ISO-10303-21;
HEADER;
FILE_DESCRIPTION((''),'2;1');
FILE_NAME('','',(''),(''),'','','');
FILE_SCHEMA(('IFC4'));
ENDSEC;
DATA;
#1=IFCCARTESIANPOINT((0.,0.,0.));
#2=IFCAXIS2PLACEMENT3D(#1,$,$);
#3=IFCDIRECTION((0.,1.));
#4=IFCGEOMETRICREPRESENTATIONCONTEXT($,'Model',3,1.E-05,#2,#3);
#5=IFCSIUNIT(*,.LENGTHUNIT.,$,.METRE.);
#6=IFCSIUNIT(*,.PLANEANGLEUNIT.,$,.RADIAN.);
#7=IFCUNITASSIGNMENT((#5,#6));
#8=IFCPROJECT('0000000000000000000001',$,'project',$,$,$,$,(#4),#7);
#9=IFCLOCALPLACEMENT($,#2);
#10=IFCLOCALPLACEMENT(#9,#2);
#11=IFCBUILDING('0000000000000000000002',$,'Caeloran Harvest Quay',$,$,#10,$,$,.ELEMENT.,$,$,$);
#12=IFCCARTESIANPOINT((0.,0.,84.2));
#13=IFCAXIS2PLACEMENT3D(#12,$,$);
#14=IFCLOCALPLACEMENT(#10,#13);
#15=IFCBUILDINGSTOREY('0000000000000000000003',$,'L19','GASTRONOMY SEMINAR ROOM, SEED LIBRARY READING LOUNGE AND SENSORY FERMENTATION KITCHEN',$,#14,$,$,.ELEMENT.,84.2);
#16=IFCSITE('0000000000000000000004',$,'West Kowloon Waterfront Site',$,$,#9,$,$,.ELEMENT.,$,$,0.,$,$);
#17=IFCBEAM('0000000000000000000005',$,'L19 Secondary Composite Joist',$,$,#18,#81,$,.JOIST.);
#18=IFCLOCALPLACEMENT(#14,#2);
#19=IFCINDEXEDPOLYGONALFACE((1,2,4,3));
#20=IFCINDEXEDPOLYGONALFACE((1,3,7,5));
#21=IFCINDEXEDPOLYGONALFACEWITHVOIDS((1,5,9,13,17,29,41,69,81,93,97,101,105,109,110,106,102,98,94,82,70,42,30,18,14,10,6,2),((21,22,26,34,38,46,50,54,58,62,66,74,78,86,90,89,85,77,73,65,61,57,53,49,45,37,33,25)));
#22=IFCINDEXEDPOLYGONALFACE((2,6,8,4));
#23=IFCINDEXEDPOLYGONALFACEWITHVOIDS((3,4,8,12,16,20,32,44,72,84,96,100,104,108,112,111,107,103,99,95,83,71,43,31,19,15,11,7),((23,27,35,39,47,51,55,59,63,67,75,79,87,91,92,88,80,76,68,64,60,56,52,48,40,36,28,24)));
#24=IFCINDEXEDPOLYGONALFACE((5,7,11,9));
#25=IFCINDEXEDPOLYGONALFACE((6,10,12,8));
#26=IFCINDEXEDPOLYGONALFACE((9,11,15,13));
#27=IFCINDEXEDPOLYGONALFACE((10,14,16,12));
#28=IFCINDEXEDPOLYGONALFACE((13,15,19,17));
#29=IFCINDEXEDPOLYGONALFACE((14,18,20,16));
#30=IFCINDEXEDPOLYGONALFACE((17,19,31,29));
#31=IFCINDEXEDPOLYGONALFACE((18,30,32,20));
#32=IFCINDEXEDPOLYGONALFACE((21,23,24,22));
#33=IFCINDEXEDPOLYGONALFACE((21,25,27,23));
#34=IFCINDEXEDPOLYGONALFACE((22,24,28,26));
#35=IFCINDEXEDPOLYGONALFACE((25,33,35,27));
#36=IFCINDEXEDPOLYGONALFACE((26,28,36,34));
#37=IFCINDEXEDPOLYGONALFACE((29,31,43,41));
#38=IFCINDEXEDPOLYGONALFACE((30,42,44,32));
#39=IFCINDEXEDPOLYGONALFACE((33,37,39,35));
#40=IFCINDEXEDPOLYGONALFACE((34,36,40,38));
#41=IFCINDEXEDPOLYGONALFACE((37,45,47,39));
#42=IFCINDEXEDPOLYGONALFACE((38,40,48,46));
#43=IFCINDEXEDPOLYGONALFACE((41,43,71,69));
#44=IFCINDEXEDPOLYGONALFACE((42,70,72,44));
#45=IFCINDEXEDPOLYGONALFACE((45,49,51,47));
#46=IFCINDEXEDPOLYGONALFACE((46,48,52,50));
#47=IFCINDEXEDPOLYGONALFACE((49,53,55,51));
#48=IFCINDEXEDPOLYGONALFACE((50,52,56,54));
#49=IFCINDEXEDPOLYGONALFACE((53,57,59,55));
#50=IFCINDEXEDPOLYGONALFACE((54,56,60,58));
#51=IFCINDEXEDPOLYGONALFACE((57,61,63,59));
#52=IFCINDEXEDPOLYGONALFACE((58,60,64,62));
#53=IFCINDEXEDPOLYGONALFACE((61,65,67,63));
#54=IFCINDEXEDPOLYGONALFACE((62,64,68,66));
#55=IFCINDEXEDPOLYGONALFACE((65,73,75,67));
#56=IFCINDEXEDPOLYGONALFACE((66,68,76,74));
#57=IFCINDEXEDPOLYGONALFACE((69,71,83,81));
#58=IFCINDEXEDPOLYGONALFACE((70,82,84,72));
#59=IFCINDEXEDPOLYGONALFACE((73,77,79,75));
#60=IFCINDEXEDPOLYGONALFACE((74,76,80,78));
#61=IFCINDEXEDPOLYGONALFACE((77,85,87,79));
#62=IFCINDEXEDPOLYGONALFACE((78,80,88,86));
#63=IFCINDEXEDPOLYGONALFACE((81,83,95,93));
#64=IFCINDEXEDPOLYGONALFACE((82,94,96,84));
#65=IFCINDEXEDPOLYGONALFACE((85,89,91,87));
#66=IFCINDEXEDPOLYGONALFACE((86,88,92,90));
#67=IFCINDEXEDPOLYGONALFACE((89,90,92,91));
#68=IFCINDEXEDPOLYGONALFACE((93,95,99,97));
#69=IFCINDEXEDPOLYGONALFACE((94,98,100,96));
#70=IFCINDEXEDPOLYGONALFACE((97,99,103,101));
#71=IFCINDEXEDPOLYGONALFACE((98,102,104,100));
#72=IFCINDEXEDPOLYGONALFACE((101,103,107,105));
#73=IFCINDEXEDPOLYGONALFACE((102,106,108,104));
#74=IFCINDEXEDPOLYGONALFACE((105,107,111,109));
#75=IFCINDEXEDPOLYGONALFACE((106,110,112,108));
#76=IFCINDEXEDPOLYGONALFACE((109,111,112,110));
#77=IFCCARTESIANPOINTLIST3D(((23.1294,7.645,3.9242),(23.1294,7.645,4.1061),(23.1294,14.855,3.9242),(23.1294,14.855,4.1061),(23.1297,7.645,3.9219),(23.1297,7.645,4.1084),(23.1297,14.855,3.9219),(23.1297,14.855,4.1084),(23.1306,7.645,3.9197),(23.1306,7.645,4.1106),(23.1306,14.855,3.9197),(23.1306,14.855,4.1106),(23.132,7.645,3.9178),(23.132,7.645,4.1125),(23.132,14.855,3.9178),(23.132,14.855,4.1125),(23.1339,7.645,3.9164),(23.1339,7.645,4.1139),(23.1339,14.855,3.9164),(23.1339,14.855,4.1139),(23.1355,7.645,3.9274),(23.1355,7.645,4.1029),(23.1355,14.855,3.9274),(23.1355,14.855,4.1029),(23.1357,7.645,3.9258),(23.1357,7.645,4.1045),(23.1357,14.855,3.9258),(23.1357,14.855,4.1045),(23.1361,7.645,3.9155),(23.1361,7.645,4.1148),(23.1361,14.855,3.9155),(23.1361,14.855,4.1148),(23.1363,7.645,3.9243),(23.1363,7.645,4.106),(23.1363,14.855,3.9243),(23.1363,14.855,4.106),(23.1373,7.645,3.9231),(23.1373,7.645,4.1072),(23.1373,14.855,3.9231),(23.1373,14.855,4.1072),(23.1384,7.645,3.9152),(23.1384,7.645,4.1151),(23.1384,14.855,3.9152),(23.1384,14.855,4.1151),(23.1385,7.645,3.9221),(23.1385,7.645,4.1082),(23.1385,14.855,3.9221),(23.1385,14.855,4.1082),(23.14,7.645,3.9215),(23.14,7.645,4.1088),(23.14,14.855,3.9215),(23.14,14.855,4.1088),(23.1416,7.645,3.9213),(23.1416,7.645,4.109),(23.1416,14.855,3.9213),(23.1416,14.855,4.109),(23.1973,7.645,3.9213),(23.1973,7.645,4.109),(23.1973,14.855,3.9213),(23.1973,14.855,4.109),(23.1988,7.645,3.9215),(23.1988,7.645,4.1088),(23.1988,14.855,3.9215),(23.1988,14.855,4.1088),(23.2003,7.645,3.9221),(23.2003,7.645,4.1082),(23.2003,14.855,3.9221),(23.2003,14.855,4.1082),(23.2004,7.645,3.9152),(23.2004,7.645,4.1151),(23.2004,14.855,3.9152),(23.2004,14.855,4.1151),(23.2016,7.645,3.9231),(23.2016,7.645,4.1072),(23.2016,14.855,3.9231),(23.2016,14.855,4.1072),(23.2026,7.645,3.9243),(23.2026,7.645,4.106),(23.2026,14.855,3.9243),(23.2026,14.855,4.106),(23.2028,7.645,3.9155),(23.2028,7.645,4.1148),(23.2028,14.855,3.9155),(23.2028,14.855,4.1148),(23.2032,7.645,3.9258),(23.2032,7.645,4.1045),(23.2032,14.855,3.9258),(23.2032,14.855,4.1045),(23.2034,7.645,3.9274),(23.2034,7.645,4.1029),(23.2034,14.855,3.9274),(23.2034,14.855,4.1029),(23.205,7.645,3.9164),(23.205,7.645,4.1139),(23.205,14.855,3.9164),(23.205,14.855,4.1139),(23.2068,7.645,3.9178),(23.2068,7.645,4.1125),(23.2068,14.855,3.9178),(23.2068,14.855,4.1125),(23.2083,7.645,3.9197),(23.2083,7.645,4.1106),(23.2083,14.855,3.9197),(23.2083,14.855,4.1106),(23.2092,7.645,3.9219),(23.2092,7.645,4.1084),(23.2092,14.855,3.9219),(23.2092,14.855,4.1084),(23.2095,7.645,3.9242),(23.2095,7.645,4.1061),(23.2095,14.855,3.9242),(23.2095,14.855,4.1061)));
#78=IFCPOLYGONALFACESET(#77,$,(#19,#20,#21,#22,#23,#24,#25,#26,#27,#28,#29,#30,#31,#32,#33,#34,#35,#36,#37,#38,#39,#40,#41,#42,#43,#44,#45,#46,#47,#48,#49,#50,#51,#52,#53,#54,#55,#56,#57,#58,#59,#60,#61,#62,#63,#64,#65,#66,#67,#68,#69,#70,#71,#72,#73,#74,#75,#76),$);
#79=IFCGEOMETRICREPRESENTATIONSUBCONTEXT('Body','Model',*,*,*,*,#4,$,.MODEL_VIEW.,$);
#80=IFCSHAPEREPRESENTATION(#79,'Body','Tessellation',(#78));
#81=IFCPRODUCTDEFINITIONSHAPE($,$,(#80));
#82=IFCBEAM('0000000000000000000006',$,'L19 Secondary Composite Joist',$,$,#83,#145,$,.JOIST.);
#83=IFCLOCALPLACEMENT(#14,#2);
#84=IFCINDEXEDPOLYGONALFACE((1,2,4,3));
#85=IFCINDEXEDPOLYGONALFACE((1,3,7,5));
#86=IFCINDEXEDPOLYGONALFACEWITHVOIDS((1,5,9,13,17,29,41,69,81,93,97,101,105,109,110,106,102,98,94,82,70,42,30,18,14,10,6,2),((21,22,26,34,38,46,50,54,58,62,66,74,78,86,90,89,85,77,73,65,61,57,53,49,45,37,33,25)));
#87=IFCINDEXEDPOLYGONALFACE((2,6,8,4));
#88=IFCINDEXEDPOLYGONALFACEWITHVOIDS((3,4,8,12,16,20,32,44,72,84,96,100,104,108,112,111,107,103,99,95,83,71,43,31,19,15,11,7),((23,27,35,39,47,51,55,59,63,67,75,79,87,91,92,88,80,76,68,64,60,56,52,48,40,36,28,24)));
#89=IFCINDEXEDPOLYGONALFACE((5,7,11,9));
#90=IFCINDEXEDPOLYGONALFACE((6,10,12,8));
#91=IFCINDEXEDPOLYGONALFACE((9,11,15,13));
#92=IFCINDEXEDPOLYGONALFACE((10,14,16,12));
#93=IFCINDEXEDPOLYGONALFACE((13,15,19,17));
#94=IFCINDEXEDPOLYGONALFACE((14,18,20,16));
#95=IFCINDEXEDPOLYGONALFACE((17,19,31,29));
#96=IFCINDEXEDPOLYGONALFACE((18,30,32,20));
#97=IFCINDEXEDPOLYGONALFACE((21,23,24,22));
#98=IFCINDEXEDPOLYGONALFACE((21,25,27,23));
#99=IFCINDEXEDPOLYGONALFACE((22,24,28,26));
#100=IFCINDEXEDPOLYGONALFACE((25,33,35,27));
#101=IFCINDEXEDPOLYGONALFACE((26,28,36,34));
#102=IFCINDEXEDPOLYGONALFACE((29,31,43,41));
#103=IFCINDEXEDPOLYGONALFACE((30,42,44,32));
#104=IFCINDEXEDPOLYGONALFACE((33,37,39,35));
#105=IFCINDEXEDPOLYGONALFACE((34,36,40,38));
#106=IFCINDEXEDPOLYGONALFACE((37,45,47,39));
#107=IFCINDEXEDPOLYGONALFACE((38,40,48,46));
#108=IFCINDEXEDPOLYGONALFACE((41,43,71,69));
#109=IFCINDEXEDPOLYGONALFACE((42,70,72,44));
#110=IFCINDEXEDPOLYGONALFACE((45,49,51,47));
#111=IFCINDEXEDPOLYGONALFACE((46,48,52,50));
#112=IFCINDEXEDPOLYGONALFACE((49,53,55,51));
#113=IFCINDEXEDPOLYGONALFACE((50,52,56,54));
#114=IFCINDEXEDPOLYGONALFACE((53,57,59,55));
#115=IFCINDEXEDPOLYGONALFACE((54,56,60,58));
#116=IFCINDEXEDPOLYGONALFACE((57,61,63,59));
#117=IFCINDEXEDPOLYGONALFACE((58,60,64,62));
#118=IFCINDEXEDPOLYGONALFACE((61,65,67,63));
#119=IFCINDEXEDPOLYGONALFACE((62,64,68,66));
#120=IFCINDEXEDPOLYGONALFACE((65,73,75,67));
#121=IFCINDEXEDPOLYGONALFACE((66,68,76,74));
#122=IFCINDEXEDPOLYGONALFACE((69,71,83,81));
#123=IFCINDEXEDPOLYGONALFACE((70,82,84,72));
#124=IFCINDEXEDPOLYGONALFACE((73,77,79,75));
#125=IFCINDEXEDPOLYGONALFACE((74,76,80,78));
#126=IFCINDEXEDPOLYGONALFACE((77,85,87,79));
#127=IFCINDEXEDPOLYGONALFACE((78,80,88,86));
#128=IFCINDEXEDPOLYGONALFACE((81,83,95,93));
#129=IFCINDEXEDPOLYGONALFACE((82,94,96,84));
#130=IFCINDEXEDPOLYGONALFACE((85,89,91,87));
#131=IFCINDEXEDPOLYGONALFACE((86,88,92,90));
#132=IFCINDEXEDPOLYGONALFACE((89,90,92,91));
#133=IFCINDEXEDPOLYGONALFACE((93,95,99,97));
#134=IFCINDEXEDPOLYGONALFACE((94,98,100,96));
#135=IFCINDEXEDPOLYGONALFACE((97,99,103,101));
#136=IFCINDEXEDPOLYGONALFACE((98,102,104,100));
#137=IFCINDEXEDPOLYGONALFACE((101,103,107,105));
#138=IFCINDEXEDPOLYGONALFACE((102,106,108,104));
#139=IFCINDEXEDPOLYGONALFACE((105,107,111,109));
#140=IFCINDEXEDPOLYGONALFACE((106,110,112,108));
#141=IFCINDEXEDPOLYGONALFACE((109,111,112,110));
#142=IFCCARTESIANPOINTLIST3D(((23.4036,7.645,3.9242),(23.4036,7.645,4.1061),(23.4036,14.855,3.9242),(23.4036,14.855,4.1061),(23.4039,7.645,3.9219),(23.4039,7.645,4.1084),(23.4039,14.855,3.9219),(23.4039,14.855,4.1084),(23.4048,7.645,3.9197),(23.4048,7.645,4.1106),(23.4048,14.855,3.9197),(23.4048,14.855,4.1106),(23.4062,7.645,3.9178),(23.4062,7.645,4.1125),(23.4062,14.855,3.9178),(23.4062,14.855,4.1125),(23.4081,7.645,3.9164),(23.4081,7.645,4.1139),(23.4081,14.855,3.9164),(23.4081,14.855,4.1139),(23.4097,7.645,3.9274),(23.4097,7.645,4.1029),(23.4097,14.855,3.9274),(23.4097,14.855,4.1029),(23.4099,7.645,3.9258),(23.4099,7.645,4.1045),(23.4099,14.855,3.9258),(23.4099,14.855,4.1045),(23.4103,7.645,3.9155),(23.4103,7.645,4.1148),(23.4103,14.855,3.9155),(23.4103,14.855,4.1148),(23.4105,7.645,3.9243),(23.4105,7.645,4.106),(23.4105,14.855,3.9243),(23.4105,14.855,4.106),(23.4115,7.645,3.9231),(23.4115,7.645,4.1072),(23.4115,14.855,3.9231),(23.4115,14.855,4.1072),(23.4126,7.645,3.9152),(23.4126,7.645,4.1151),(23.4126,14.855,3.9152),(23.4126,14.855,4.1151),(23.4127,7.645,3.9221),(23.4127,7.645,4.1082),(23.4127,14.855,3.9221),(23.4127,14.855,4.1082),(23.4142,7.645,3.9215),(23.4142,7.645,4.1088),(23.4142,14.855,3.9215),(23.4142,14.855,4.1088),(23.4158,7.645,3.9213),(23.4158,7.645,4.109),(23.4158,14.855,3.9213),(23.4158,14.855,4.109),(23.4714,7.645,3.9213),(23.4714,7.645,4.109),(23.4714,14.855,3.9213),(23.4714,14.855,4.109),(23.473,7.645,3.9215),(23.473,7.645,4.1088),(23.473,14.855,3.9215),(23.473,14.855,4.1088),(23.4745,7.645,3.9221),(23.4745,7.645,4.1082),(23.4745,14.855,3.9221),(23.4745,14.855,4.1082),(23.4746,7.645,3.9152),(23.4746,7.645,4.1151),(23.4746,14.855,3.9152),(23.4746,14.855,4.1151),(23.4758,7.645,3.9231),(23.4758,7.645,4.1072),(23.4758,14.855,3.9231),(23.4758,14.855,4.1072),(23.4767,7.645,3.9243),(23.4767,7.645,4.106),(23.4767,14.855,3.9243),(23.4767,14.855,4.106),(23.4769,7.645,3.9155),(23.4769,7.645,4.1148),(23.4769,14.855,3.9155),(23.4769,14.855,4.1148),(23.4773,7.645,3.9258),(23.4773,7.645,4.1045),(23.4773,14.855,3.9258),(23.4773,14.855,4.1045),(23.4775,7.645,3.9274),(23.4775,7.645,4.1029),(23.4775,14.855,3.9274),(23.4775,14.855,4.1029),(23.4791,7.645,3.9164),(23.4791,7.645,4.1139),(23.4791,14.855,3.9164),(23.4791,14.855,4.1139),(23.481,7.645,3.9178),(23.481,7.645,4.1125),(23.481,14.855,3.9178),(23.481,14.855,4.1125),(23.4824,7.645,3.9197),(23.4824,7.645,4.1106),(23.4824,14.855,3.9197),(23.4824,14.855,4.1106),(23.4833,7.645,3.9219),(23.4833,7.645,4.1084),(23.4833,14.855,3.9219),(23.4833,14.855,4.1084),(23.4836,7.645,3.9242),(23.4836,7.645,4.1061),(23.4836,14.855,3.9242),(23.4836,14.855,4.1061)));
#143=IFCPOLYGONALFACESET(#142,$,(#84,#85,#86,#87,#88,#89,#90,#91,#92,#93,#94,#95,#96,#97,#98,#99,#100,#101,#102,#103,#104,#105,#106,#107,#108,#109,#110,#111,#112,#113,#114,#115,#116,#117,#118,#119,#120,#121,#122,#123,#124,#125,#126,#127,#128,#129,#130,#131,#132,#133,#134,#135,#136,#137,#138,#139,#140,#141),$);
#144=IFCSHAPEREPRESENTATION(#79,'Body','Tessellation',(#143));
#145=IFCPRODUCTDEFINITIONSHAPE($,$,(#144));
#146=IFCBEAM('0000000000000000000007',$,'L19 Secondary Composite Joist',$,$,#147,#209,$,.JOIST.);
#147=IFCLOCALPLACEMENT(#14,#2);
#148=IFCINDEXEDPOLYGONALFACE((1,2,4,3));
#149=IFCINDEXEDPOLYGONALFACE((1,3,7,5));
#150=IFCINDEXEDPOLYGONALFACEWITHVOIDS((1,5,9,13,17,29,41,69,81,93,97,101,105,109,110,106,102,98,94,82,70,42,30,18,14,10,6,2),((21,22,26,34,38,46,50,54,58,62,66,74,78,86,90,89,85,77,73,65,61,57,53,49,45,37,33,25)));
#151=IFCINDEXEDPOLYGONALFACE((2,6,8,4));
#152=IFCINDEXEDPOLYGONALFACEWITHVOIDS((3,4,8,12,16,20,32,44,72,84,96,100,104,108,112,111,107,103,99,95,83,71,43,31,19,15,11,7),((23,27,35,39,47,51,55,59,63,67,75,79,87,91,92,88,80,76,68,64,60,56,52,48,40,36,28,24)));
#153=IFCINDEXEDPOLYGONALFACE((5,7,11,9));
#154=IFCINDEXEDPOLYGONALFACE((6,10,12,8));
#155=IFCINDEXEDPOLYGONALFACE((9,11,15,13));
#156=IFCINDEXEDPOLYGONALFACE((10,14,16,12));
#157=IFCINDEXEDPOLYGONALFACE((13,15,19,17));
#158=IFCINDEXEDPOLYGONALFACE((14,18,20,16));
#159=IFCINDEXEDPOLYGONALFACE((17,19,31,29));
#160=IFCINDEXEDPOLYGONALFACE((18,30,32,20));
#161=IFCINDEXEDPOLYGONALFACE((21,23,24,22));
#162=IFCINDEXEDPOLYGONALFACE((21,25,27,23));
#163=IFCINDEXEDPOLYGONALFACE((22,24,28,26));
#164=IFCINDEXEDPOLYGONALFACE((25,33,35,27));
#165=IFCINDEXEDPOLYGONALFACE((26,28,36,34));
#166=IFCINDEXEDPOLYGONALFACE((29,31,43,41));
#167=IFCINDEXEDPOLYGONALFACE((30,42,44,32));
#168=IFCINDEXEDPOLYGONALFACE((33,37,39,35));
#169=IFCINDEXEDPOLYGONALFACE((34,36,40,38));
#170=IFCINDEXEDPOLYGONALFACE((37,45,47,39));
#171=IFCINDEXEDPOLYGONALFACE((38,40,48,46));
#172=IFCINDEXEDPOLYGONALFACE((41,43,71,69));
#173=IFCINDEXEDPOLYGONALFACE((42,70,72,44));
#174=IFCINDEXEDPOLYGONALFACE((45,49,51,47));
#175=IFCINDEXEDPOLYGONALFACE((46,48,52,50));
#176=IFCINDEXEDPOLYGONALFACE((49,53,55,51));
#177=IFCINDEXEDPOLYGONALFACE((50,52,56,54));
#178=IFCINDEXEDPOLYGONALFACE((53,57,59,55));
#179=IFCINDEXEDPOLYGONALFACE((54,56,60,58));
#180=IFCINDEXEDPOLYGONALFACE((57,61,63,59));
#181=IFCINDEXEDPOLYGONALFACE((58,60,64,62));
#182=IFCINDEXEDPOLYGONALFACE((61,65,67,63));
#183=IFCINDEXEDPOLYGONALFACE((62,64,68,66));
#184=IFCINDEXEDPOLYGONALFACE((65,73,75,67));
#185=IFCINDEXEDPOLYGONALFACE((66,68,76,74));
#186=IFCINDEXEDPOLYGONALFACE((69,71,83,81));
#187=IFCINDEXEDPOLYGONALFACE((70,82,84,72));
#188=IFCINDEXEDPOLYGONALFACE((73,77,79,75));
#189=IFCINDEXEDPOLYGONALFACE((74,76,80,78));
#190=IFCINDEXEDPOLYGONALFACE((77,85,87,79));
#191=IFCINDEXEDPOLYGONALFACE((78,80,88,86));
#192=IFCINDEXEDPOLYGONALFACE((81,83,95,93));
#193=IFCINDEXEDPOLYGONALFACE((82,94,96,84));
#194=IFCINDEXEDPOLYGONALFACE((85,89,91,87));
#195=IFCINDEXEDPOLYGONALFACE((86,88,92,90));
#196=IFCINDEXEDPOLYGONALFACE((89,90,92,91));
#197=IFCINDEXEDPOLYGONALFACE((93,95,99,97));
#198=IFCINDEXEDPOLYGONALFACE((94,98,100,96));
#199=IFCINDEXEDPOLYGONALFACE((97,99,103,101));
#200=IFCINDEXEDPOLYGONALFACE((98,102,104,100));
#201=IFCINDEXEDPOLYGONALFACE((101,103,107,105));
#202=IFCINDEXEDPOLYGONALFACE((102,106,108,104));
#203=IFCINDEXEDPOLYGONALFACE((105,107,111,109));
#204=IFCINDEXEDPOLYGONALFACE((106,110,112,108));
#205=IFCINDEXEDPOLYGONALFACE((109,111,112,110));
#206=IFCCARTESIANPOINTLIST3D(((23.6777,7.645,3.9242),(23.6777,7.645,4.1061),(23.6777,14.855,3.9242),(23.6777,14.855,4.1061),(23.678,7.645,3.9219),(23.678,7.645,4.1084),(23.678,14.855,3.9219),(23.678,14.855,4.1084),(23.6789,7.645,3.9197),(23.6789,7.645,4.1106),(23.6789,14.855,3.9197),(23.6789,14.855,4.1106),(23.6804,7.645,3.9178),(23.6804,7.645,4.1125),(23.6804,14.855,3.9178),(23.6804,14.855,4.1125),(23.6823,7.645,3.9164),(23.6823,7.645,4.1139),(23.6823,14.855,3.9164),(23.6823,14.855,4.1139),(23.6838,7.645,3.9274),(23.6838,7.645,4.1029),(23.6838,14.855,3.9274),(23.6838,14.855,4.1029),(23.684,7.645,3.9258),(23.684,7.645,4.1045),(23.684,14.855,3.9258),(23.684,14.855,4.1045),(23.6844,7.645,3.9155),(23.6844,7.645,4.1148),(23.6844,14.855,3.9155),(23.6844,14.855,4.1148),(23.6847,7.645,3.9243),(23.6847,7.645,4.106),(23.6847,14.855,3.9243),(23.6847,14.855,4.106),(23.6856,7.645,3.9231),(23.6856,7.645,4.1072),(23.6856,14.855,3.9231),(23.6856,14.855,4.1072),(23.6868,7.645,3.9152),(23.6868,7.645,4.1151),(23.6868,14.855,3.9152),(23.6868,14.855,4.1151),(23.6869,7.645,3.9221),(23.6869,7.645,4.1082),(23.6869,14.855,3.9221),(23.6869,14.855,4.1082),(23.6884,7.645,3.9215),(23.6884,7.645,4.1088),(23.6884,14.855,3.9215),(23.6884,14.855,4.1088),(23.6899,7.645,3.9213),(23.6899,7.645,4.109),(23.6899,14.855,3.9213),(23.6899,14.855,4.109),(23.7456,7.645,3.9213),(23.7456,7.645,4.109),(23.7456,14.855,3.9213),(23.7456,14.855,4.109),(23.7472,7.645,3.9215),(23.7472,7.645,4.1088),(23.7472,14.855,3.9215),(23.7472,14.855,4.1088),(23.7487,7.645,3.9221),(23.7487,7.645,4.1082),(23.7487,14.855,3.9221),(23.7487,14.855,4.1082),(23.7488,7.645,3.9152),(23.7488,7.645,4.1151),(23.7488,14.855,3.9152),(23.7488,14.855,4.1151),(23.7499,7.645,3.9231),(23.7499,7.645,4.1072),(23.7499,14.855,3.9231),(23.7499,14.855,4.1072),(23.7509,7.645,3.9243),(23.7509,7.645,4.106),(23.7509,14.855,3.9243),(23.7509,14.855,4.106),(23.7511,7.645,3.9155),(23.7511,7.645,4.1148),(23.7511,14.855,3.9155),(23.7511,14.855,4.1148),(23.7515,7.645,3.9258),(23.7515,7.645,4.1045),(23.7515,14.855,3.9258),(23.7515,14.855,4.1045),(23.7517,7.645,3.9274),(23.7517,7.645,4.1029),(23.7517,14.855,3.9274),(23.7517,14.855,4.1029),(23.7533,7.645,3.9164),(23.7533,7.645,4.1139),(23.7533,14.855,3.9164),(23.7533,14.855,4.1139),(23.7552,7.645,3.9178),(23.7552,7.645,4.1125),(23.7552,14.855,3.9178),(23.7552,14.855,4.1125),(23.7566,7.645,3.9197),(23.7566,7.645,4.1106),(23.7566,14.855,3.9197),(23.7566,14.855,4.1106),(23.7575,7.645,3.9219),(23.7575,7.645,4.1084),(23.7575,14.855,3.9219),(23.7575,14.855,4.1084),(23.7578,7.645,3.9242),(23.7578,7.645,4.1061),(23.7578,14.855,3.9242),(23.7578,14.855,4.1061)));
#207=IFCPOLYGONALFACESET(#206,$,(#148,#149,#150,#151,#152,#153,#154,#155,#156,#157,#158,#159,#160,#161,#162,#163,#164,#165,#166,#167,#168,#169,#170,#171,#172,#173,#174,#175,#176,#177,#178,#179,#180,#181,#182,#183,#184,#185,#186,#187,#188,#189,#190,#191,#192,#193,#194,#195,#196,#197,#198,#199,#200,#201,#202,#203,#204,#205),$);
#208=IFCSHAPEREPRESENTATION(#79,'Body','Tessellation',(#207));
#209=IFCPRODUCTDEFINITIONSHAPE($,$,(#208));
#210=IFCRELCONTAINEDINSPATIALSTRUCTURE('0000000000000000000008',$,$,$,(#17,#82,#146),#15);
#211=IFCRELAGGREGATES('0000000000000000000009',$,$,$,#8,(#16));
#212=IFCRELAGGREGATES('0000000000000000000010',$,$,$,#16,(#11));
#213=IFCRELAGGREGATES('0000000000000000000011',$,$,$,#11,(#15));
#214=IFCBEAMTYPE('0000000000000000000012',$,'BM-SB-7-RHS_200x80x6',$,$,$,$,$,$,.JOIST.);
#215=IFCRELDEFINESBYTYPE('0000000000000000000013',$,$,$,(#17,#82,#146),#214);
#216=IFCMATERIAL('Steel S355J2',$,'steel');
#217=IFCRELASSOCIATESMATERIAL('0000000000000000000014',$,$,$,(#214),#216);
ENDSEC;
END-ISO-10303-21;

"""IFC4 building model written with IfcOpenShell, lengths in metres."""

from ifc_helpers import new_model, si_unit, direction, frame, origin, origin_2d, place, context, subcontext, project, spatial, hollow_rectangle, extrude, material, material_profile, profile_set, type_object, element, save


model = new_model("IFC4")

# Units and contexts
model_context = context("Model", 3, precision=1e-05, world=origin(), true_north=direction((0.0, 1.0)))
body_context = subcontext(model_context, "Body", "Model", "MODEL_VIEW")
ifc_project = project(units=[si_unit("LENGTHUNIT", "METRE"), si_unit("PLANEANGLEUNIT", "RADIAN")], contexts=[model_context])

# Site, building, storey
site_placement = place(None, origin())
site = spatial("IfcSite", under=ifc_project, at=site_placement, Name="West Kowloon Waterfront Site", CompositionType="ELEMENT", RefElevation=0.0)
building_placement = place(site_placement, origin())
building = spatial("IfcBuilding", under=site, at=building_placement, Name="Caeloran Harvest Quay", CompositionType="ELEMENT")
storey_placement = place(building_placement, frame((0.0, 0.0, 84.2)))
storey = spatial("IfcBuildingStorey", under=building, at=storey_placement, Name="L19", Description="GASTRONOMY SEMINAR ROOM, SEED LIBRARY READING LOUNGE AND SENSORY FERMENTATION KITCHEN", CompositionType="ELEMENT", Elevation=84.2)

# Beams
ifc_material_1 = material(Name="Steel S355J2", Category="steel")
ifc_material_profile_1 = material_profile(ifc_material_1, hollow_rectangle(XDim=0.0801, YDim=0.2, WallThickness=0.0061, InnerFilletRadius=0.0061, OuterFilletRadius=0.009, at=origin_2d()), Name="RHS 200x80x6")
ifc_profile_set_1 = profile_set([ifc_material_profile_1], Name="Steel S355J2")
beam_type_1 = type_object("IfcBeamType", Name="BM-SB-7-RHS_200x80x6", PredefinedType="JOIST", material=ifc_profile_set_1)
for number, where, z_axis, x_axis, name in (
    (1, (23.1694, 7.645, 4.0151), (0.0, 1.0, 0.0), (-1.0, 0.0, 0.0), "L19 Secondary Composite Joist"),
    (2, (23.4436, 7.645, 4.0151), (0.0, 1.0, 0.0), (-1.0, 0.0, 0.0), "L19 Secondary Composite Joist"),
    (3, (23.7178, 7.645, 4.0151), (0.0, 1.0, 0.0), (-1.0, 0.0, 0.0), "L19 Secondary Composite Joist"),
):
    element("IfcBeam", number, at=place(storey_placement, frame(where, z_axis=z_axis, x_axis=x_axis)), inside=storey, type_object=beam_type_1, Name=name, PredefinedType="JOIST", context=body_context, shape_type="SweptSolid", body=[
        extrude(hollow_rectangle(XDim=0.0801, YDim=0.2, WallThickness=0.0061, InnerFilletRadius=0.0061, OuterFilletRadius=0.009, at=origin_2d()), origin(), (0.0, 0.0, 1.0), 7.21),
    ])

save(model, "model.ifc")
